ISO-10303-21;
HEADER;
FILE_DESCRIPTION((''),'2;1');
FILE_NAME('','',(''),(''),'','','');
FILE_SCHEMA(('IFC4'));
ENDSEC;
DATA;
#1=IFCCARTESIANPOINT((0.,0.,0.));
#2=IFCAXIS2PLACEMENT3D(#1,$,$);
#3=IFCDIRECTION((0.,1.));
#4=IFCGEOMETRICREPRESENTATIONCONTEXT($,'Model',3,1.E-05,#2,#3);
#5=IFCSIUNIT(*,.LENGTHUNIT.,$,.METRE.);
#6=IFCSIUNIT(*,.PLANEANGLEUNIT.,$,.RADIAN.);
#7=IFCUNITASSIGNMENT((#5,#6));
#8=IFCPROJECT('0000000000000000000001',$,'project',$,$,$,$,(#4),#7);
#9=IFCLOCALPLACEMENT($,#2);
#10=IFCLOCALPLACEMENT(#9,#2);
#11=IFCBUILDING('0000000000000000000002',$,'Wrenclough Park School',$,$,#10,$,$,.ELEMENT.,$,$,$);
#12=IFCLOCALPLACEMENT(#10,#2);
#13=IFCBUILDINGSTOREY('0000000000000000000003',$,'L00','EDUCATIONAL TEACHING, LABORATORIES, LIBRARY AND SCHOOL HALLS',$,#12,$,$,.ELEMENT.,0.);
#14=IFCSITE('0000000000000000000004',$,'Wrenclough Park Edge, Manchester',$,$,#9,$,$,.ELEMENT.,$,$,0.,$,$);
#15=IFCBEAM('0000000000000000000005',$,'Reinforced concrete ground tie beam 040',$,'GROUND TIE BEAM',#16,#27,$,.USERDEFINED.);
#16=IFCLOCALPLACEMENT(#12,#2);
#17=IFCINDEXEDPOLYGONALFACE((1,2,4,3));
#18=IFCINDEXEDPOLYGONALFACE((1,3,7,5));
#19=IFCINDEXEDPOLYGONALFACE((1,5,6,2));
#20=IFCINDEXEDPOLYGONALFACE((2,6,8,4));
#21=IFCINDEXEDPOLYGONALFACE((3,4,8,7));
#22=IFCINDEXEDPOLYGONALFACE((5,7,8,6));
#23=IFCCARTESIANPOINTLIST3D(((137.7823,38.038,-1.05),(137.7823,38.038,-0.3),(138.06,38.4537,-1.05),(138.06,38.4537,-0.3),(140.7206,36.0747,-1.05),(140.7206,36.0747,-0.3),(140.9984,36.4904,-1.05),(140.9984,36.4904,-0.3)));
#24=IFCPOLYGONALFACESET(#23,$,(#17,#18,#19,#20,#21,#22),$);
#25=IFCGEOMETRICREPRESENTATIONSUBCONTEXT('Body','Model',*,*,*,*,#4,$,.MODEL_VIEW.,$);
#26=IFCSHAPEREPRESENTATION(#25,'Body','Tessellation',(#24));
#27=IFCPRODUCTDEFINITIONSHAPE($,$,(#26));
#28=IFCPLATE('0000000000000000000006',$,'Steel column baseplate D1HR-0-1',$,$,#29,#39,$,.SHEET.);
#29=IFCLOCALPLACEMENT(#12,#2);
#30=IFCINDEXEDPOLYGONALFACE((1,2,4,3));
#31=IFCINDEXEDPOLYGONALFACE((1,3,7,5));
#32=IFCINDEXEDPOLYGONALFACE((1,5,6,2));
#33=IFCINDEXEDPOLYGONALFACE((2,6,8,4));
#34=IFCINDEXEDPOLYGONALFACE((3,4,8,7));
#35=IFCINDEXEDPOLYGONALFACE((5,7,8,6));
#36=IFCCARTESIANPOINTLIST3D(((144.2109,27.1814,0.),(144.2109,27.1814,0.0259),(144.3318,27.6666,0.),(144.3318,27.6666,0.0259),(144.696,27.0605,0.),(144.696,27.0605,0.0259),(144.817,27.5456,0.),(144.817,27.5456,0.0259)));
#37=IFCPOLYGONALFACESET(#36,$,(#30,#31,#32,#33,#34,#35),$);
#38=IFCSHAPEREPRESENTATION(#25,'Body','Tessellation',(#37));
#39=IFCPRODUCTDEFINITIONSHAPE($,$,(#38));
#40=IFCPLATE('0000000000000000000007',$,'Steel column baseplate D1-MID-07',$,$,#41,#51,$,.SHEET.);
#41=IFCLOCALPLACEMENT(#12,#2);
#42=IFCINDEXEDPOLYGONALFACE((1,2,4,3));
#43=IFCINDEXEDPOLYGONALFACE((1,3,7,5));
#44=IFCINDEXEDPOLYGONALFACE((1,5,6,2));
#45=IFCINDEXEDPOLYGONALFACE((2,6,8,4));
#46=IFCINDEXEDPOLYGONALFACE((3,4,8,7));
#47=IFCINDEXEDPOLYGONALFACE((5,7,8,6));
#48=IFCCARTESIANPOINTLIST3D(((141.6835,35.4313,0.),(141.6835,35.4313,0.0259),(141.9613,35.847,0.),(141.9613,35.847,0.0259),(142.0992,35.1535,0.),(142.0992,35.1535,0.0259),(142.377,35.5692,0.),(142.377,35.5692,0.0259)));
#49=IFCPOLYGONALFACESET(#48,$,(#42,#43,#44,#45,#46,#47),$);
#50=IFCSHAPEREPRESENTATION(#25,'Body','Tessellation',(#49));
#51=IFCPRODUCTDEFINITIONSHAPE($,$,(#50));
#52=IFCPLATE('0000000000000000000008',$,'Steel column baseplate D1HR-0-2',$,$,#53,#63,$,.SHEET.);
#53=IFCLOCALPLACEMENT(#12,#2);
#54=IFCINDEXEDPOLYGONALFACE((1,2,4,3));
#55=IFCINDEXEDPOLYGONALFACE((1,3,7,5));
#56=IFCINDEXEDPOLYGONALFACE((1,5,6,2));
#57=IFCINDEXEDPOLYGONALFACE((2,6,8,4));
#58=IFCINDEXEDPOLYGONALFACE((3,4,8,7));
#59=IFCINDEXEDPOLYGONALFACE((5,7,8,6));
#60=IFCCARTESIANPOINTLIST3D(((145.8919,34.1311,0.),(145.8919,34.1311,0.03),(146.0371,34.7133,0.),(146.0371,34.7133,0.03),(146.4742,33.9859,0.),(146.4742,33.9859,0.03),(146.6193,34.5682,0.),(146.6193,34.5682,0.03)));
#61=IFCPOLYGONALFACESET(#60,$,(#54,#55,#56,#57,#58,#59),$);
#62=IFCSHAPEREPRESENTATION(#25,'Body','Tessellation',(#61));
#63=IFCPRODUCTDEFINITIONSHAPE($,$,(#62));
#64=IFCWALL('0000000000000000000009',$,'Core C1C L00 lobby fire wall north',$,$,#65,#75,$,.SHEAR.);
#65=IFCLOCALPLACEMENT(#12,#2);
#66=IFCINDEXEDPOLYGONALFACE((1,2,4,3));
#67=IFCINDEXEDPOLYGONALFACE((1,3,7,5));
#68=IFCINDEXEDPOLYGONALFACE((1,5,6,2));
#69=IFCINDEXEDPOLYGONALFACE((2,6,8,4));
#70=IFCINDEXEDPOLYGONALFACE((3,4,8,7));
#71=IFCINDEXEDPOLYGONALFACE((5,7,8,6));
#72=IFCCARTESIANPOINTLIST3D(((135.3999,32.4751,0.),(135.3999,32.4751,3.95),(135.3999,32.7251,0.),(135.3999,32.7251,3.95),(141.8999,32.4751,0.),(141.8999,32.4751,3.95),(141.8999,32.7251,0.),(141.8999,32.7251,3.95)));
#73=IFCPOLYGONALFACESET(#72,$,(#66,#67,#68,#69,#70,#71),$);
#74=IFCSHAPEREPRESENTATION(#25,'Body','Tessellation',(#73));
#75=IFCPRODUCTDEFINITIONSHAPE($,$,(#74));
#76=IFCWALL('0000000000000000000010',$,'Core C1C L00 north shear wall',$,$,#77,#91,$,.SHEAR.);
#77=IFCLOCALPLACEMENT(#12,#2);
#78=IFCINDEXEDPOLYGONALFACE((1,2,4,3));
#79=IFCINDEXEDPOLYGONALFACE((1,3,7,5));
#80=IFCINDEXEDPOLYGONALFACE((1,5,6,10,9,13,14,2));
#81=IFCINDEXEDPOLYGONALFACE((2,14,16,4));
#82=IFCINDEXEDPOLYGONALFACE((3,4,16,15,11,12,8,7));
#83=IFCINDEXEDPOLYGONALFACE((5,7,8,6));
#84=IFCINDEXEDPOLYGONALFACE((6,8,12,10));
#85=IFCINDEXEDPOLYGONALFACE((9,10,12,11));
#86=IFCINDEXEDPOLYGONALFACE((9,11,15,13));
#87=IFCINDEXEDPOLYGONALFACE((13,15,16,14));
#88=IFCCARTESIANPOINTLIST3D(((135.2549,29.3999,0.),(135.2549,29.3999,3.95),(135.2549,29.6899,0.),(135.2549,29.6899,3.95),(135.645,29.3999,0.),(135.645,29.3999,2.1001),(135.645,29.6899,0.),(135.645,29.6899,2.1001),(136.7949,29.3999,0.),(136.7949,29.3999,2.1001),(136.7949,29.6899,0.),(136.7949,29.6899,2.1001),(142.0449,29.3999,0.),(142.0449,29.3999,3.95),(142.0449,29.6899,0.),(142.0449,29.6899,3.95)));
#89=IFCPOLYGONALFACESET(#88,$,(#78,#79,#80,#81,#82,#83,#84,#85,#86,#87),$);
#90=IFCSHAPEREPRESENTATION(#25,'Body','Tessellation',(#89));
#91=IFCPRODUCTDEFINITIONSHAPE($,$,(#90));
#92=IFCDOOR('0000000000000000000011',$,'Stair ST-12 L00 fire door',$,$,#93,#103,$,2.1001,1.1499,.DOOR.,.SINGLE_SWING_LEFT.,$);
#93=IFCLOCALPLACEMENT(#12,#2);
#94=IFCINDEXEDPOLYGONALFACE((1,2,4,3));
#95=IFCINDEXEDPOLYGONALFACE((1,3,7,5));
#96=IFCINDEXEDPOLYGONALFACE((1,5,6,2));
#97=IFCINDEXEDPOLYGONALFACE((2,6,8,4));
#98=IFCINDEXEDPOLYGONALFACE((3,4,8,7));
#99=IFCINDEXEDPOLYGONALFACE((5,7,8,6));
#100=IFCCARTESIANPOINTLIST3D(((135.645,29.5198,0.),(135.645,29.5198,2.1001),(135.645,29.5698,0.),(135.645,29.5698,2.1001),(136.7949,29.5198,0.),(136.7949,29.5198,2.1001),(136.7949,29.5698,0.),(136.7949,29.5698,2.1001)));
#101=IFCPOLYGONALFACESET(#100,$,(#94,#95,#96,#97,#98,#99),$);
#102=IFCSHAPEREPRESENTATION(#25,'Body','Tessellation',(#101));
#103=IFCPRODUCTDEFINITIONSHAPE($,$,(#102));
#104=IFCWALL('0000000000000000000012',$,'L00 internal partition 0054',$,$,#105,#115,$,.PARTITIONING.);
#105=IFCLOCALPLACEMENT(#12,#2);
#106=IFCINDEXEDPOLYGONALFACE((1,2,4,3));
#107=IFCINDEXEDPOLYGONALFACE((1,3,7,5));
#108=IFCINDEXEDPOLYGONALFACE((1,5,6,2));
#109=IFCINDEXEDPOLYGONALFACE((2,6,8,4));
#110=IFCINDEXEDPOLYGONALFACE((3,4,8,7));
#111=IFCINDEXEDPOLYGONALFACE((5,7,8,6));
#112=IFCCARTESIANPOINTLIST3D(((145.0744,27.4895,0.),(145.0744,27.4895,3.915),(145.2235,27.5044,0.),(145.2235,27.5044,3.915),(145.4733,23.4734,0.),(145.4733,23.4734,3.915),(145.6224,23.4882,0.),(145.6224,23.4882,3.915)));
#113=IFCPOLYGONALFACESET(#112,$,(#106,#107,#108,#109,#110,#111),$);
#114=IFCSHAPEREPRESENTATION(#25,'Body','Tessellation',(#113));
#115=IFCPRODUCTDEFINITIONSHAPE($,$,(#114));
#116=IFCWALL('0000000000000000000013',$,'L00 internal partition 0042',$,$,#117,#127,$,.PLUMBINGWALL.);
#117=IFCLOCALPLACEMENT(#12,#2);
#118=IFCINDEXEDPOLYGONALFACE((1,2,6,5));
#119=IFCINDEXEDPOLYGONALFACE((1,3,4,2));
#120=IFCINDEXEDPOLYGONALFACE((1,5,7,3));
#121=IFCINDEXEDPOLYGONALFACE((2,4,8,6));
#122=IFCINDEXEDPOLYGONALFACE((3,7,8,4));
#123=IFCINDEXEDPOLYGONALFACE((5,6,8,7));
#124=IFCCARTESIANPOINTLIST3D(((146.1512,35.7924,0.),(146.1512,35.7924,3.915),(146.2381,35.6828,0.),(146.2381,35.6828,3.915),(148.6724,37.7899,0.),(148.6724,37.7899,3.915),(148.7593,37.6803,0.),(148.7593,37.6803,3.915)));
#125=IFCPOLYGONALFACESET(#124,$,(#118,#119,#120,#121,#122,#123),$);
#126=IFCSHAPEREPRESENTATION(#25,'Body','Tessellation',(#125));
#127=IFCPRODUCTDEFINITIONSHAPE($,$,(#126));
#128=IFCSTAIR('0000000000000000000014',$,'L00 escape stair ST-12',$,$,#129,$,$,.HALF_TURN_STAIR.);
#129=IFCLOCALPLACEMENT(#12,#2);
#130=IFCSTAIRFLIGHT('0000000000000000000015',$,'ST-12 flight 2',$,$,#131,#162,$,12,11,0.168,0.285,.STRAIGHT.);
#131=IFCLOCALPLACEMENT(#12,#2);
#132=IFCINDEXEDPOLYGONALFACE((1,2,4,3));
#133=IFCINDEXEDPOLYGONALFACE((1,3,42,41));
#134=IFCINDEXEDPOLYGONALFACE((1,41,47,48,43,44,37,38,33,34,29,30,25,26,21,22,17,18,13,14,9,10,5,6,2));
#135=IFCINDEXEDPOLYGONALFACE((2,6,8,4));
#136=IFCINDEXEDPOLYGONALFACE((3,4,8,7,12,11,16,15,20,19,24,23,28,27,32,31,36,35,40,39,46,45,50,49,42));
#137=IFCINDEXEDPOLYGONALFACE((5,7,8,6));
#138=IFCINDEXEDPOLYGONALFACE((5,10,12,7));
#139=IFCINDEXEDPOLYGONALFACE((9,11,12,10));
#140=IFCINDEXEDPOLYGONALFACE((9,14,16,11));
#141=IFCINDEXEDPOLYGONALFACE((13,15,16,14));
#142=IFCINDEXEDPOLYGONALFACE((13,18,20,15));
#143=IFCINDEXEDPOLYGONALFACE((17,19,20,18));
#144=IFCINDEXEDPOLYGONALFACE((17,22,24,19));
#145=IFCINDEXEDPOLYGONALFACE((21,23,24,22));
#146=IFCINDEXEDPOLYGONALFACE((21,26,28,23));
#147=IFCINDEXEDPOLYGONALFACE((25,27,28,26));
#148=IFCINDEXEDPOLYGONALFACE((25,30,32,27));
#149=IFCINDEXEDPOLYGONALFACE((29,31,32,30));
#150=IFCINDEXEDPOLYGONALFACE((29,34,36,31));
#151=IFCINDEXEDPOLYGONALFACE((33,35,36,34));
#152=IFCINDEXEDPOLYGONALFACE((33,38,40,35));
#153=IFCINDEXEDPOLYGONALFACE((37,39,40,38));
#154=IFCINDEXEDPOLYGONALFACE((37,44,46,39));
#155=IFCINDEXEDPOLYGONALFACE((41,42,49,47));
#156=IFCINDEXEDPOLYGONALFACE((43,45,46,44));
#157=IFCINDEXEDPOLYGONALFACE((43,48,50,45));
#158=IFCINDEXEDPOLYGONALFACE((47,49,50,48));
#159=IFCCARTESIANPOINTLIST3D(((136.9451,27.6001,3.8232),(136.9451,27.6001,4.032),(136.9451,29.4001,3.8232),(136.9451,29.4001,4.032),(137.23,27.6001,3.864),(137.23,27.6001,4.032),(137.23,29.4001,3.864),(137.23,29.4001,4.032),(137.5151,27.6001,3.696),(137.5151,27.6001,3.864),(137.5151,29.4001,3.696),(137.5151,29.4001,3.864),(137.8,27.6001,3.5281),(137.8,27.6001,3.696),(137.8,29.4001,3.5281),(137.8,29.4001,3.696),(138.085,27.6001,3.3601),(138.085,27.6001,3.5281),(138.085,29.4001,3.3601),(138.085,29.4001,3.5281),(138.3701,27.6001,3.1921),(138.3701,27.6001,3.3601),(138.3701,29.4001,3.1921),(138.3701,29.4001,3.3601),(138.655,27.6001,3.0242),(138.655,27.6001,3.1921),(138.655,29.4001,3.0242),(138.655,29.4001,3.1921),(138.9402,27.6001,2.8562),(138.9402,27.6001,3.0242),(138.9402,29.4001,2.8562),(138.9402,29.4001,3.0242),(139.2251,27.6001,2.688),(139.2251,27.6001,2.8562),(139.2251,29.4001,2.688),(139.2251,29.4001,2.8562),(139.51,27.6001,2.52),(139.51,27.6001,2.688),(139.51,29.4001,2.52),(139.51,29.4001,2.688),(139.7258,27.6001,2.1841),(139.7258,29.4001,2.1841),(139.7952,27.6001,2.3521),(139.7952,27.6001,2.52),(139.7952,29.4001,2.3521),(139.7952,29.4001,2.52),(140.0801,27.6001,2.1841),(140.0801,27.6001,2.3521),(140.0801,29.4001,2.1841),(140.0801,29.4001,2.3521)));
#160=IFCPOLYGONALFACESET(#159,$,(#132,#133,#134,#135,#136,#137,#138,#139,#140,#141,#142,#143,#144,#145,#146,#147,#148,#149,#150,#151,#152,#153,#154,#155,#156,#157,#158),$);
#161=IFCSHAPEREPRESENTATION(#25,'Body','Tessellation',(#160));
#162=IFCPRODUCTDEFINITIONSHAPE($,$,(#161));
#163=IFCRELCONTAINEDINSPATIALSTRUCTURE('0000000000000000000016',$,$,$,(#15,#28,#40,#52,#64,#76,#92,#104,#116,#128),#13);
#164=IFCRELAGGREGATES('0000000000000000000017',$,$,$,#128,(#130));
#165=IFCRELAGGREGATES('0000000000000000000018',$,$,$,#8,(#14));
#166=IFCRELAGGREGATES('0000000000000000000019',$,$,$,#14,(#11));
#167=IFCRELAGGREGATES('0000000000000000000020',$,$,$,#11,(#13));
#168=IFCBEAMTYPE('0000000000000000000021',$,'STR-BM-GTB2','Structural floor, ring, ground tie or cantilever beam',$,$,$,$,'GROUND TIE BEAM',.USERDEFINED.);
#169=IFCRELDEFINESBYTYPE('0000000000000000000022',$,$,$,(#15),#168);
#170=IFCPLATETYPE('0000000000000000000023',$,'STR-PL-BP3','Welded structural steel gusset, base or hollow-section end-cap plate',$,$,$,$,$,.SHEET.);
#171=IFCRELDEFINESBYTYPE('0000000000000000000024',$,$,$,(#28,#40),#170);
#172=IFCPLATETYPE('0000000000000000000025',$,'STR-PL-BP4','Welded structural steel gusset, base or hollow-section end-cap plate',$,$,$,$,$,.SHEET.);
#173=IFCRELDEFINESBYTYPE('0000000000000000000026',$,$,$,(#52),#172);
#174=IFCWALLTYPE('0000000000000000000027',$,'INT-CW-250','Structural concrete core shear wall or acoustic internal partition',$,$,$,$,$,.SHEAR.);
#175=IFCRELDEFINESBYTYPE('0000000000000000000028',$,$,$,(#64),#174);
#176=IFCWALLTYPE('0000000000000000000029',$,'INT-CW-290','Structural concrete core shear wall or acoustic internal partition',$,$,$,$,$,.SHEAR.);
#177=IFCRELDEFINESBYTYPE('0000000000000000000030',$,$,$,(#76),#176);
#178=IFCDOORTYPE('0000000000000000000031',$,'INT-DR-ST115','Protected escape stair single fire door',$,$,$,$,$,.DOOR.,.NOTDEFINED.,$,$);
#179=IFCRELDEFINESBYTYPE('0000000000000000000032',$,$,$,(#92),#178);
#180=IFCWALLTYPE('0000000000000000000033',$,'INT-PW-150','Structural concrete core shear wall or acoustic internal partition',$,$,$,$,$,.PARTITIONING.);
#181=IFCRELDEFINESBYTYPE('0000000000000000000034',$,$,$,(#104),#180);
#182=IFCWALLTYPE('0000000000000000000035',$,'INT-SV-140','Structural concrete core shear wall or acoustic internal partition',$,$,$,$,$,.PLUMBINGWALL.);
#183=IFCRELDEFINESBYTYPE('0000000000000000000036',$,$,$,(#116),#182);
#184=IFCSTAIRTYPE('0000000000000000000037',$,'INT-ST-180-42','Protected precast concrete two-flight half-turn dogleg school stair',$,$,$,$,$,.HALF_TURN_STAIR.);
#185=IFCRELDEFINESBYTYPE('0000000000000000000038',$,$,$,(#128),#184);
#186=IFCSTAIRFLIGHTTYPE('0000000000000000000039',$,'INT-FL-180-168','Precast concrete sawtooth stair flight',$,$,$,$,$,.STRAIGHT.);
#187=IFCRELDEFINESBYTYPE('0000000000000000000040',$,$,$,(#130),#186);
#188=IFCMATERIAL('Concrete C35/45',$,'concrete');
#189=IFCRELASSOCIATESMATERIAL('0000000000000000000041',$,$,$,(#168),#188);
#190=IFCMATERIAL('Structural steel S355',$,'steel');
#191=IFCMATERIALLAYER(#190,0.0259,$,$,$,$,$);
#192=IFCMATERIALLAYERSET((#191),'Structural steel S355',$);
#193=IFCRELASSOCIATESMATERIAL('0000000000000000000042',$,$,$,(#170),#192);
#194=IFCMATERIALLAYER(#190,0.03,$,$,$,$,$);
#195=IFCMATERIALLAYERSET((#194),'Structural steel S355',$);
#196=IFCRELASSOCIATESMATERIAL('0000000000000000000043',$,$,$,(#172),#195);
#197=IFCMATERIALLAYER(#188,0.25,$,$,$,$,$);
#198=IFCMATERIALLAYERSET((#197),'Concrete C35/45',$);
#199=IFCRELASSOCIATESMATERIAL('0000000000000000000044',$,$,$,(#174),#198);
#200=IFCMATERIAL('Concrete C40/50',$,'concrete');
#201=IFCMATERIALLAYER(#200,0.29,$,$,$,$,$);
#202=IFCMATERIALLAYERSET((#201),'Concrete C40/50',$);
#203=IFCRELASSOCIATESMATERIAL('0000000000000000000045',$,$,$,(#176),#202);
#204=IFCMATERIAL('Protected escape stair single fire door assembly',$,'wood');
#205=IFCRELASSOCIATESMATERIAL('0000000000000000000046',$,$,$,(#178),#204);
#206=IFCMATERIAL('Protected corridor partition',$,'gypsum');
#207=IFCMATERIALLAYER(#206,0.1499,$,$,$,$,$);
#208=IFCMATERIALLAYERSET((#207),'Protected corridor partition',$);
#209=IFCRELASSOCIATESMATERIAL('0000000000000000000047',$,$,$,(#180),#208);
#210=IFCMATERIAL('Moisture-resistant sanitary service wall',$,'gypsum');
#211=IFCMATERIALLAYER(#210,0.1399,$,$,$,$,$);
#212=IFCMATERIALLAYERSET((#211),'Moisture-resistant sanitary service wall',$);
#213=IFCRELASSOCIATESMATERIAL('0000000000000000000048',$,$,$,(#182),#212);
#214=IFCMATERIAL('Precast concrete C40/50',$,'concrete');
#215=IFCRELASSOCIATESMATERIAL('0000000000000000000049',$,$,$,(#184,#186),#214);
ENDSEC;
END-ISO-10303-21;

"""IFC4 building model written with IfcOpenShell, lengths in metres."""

from ifc_helpers import new_model, si_unit, direction, frame, frame_2d, origin, origin_2d, place, context, subcontext, project, spatial, polyline, rectangle, outline, extrude, material, layer, layer_set, material_profile, profile_set, type_object, element, fill, aggregate, save


model = new_model("IFC4")

# Units and contexts
model_context = context("Model", 3, precision=1e-05, world=origin(), true_north=direction((0.0, 1.0)))
body_context = subcontext(model_context, "Body", "Model", "MODEL_VIEW")
ifc_project = project(units=[si_unit("LENGTHUNIT", "METRE"), si_unit("PLANEANGLEUNIT", "RADIAN")], contexts=[model_context])

# Site, building, storey
site_placement = place(None, origin())
site = spatial("IfcSite", under=ifc_project, at=site_placement, Name="Wrenclough Park Edge, Manchester", CompositionType="ELEMENT", RefElevation=0.0)
building_placement = place(site_placement, origin())
building = spatial("IfcBuilding", under=site, at=building_placement, Name="Wrenclough Park School", CompositionType="ELEMENT")
storey_placement = place(building_placement, origin())
storey = spatial("IfcBuildingStorey", under=building, at=storey_placement, Name="L00", Description="EDUCATIONAL TEACHING, LABORATORIES, LIBRARY AND SCHOOL HALLS", CompositionType="ELEMENT", Elevation=0.0)

# Shared definitions
ifc_material_1 = material(Name="Concrete C35/45", Category="concrete")
ifc_material_2 = material(Name="Concrete C40/50", Category="concrete")

# Shared definitions
ifc_material_3 = material(Name="Structural steel S355", Category="steel")

# Beam
ifc_material_profile_1 = material_profile(ifc_material_1, rectangle(XDim=0.5, YDim=0.75, at=origin_2d()), Name="RC GROUND 500x750")
ifc_profile_set_1 = profile_set([ifc_material_profile_1], Name="Concrete C35/45")
beam_type_1 = type_object("IfcBeamType", Name="STR-BM-GTB2", Description="Structural floor, ring, ground tie or cantilever beam", ElementType="GROUND TIE BEAM", PredefinedType="USERDEFINED", material=ifc_profile_set_1)
beam_1_placement = place(storey_placement, frame((137.9211, 38.2458, -0.675), z_axis=(0.831476, -0.555561, 0.0), x_axis=(0.555561, 0.831476, 0.0)))
element("IfcBeam", 1, at=beam_1_placement, inside=storey, type_object=beam_type_1, Name="Reinforced concrete ground tie beam 040", ObjectType="GROUND TIE BEAM", PredefinedType="USERDEFINED", context=body_context, shape_type="SweptSolid", body=[
    extrude(rectangle(XDim=0.5, YDim=0.75, at=origin_2d()), origin(), (0.0, 0.0, 1.0), 3.5339),
])

# Plates
ifc_layer_1 = layer(ifc_material_3, 0.0259)
ifc_layer_set_1 = layer_set([ifc_layer_1], Name="Structural steel S355")
plate_type_1 = type_object("IfcPlateType", Name="STR-PL-BP3", Description="Welded structural steel gusset, base or hollow-section end-cap plate", PredefinedType="SHEET", material=ifc_layer_set_1)
for number, where, z_axis, x_axis, name in (
    (2, (144.5139, 27.3635, 0.0), (0.0, 0.0, 1.0), (0.970296, -0.241922, 0.0), "Steel column baseplate D1HR-0-1"),
    (3, (142.0303, 35.5002, 0.0), (0.0, 0.0, 1.0), (-0.55557, -0.83147, 0.0), "Steel column baseplate D1-MID-07"),
):
    element("IfcPlate", number, at=place(storey_placement, frame(where, z_axis=z_axis, x_axis=x_axis)), inside=storey, type_object=plate_type_1, Name=name, PredefinedType="SHEET", context=body_context, shape_type="SweptSolid", body=[
        extrude(rectangle(XDim=0.5, YDim=0.5, at=origin_2d()), origin(), (0.0, 0.0, 1.0), 0.0259),
    ])
ifc_layer_2 = layer(ifc_material_3, 0.03)
ifc_layer_set_2 = layer_set([ifc_layer_2], Name="Structural steel S355")
plate_type_2 = type_object("IfcPlateType", Name="STR-PL-BP4", Description="Welded structural steel gusset, base or hollow-section end-cap plate", PredefinedType="SHEET", material=ifc_layer_set_2)
plate_placement = place(storey_placement, frame((146.2556, 34.3496, 0.0), z_axis=(0.0, 0.0, 1.0), x_axis=(0.970296, -0.241922, 0.0)))
element("IfcPlate", 4, at=plate_placement, inside=storey, type_object=plate_type_2, Name="Steel column baseplate D1HR-0-2", PredefinedType="SHEET", context=body_context, shape_type="SweptSolid", body=[
    extrude(rectangle(XDim=0.6001, YDim=0.6001, at=origin_2d()), origin(), (0.0, 0.0, 1.0), 0.03),
])

# Shared definitions
ifc_layer_3 = layer(ifc_material_1, 0.25)
ifc_layer_set_3 = layer_set([ifc_layer_3], Name="Concrete C35/45")
wall_type_1 = type_object("IfcWallType", Name="INT-CW-250", Description="Structural concrete core shear wall or acoustic internal partition", PredefinedType="SHEAR", material=ifc_layer_set_3)

# Wall
wall_1_placement = place(storey_placement, frame((141.8999, 32.6001, 0.0), z_axis=(0.0, 0.0, 1.0), x_axis=(-1.0, 0.0, 0.0)))
element("IfcWall", 5, at=wall_1_placement, inside=storey, type_object=wall_type_1, Name="Core C1C L00 lobby fire wall north", PredefinedType="SHEAR", context=body_context, shape_type="SweptSolid", body=[
    extrude(rectangle(XDim=6.5, YDim=0.25, at=frame_2d((3.25, 0.0))), origin(), (0.0, 0.0, 1.0), 3.95),
])

# Wall, opening, door
ifc_layer_4 = layer(ifc_material_2, 0.29)
ifc_layer_set_4 = layer_set([ifc_layer_4], Name="Concrete C40/50")
wall_type_2 = type_object("IfcWallType", Name="INT-CW-290", Description="Structural concrete core shear wall or acoustic internal partition", PredefinedType="SHEAR", material=ifc_layer_set_4)
wall_2_placement = place(storey_placement, frame((142.0449, 29.5449, 0.0), z_axis=(0.0, 0.0, 1.0), x_axis=(-1.0, 0.0, 0.0)))
wall_2 = element("IfcWall", 6, at=wall_2_placement, inside=storey, type_object=wall_type_2, Name="Core C1C L00 north shear wall", PredefinedType="SHEAR", context=body_context, shape_type="SweptSolid", body=[
    extrude(rectangle(XDim=6.79, YDim=0.29, at=frame_2d((3.395, 0.0))), origin(), (0.0, 0.0, 1.0), 3.95),
])
opening_1_placement = place(wall_2_placement, frame((5.25, 0.0, 0.0)))
opening_1 = element("IfcOpeningElement", 7, at=opening_1_placement, cuts=wall_2, PredefinedType="OPENING", context=body_context, shape_type="SweptSolid", body=[
    extrude(rectangle(XDim=1.1499, YDim=2.1001, at=frame_2d((0.575, 1.05))), frame((0.0, 0.155, 0.0), z_axis=(0.0, -1.0, 0.0), x_axis=(1.0, 0.0, 0.0)), (0.0, 0.0, 1.0), 0.3101),
])
ifc_material_4 = material(Name="Protected escape stair single fire door assembly", Category="wood")
door_type_1 = type_object("IfcDoorType", Name="INT-DR-ST115", Description="Protected escape stair single fire door", OperationType="NOTDEFINED", PredefinedType="DOOR", material=ifc_material_4)
door_1_placement = place(opening_1_placement, frame((1.1499, 0.0, 0.0), z_axis=(0.0, 0.0, 1.0), x_axis=(-1.0, 0.0, 0.0)))
door_1 = element("IfcDoor", 8, at=door_1_placement, inside=storey, type_object=door_type_1, Name="Stair ST-12 L00 fire door", OperationType="SINGLE_SWING_LEFT", OverallHeight=2.1001, OverallWidth=1.1499, PredefinedType="DOOR", context=body_context, shape_type="SweptSolid", body=[
    extrude(rectangle(XDim=1.1499, YDim=2.1001, at=frame_2d((0.575, 1.05))), frame((0.0, 0.0249, 0.0), z_axis=(0.0, -1.0, 0.0), x_axis=(1.0, 0.0, 0.0)), (0.0, 0.0, 1.0), 0.05),
])
fill(opening_1, door_1)

# Walls
ifc_material_5 = material(Name="Protected corridor partition", Category="gypsum")
ifc_layer_5 = layer(ifc_material_5, 0.1499)
ifc_layer_set_5 = layer_set([ifc_layer_5], Name="Protected corridor partition")
wall_type_3 = type_object("IfcWallType", Name="INT-PW-150", Description="Structural concrete core shear wall or acoustic internal partition", PredefinedType="PARTITIONING", material=ifc_layer_set_5)
wall_3_placement = place(storey_placement, frame((145.1489, 27.4971, 0.0), z_axis=(0.0, 0.0, 1.0), x_axis=(0.098845, -0.995103, 0.0)))
element("IfcWall", 9, at=wall_3_placement, inside=storey, type_object=wall_type_3, Name="L00 internal partition 0054", PredefinedType="PARTITIONING", context=body_context, shape_type="SweptSolid", body=[
    extrude(rectangle(XDim=4.0359, YDim=0.1499, at=frame_2d((2.0181, 0.0))), origin(), (0.0, 0.0, 1.0), 3.915),
])
ifc_material_6 = material(Name="Moisture-resistant sanitary service wall", Category="gypsum")
ifc_layer_6 = layer(ifc_material_6, 0.1399)
ifc_layer_set_6 = layer_set([ifc_layer_6], Name="Moisture-resistant sanitary service wall")
wall_type_4 = type_object("IfcWallType", Name="INT-SV-140", Description="Structural concrete core shear wall or acoustic internal partition", PredefinedType="PLUMBINGWALL", material=ifc_layer_set_6)
wall_4_placement = place(storey_placement, frame((146.1946, 35.7375, 0.0), z_axis=(0.0, 0.0, 1.0), x_axis=(0.783807, 0.621004, 0.0)))
element("IfcWall", 10, at=wall_4_placement, inside=storey, type_object=wall_type_4, Name="L00 internal partition 0042", PredefinedType="PLUMBINGWALL", context=body_context, shape_type="SweptSolid", body=[
    extrude(rectangle(XDim=3.2166, YDim=0.1399, at=frame_2d((1.6084, 0.0))), origin(), (0.0, 0.0, 1.0), 3.915),
])

# Stair, stair flight
ifc_material_7 = material(Name="Precast concrete C40/50", Category="concrete")
stair_type = type_object("IfcStairType", Name="INT-ST-180-42", Description="Protected precast concrete two-flight half-turn dogleg school stair", PredefinedType="HALF_TURN_STAIR", material=ifc_material_7)
stair_placement = place(storey_placement, origin())
stair = element("IfcStair", 11, at=stair_placement, inside=storey, type_object=stair_type, Name="L00 escape stair ST-12", PredefinedType="HALF_TURN_STAIR")
stair_flight_type = type_object("IfcStairFlightType", Name="INT-FL-180-168", Description="Precast concrete sawtooth stair flight", PredefinedType="STRAIGHT", material=ifc_material_7)
stair_flight_placement = place(storey_placement, frame((140.0801, 28.5, 2.1841), z_axis=(0.0, 0.0, 1.0), x_axis=(-1.0, 0.0, 0.0)))
stair_flight = element("IfcStairFlight", 12, at=stair_flight_placement, type_object=stair_flight_type, Name="ST-12 flight 2", NumberOfRisers=12, NumberOfTreads=11, PredefinedType="STRAIGHT", RiserHeight=0.168, TreadLength=0.285, context=body_context, shape_type="SweptSolid", body=[
    extrude(outline(polyline([(0.0, 0.0), (0.0, 0.168), (0.2849, 0.168), (0.2849, 0.3359), (0.5701, 0.3359), (0.5701, 0.5039), (0.855, 0.5039), (0.855, 0.6721), (1.1399, 0.6721), (1.1399, 0.8401), (1.425, 0.8401), (1.425, 1.0081), (1.71, 1.0081), (1.71, 1.176), (1.9951, 1.176), (1.9951, 1.344), (2.28, 1.344), (2.28, 1.512), (2.5649, 1.512), (2.5649, 1.6799), (2.8501, 1.6799), (2.8501, 1.8479), (3.135, 1.8479), (3.135, 2.0161), (3.135, 1.6392), (0.3542, 0.0), (0.0, 0.0)])), frame((0.0, 0.8999, 0.0), z_axis=(0.0, -1.0, 0.0), x_axis=(1.0, 0.0, 0.0)), (0.0, 0.0, 1.0), 1.8),
])
aggregate(stair, [stair_flight])

save(model, "model.ifc")
